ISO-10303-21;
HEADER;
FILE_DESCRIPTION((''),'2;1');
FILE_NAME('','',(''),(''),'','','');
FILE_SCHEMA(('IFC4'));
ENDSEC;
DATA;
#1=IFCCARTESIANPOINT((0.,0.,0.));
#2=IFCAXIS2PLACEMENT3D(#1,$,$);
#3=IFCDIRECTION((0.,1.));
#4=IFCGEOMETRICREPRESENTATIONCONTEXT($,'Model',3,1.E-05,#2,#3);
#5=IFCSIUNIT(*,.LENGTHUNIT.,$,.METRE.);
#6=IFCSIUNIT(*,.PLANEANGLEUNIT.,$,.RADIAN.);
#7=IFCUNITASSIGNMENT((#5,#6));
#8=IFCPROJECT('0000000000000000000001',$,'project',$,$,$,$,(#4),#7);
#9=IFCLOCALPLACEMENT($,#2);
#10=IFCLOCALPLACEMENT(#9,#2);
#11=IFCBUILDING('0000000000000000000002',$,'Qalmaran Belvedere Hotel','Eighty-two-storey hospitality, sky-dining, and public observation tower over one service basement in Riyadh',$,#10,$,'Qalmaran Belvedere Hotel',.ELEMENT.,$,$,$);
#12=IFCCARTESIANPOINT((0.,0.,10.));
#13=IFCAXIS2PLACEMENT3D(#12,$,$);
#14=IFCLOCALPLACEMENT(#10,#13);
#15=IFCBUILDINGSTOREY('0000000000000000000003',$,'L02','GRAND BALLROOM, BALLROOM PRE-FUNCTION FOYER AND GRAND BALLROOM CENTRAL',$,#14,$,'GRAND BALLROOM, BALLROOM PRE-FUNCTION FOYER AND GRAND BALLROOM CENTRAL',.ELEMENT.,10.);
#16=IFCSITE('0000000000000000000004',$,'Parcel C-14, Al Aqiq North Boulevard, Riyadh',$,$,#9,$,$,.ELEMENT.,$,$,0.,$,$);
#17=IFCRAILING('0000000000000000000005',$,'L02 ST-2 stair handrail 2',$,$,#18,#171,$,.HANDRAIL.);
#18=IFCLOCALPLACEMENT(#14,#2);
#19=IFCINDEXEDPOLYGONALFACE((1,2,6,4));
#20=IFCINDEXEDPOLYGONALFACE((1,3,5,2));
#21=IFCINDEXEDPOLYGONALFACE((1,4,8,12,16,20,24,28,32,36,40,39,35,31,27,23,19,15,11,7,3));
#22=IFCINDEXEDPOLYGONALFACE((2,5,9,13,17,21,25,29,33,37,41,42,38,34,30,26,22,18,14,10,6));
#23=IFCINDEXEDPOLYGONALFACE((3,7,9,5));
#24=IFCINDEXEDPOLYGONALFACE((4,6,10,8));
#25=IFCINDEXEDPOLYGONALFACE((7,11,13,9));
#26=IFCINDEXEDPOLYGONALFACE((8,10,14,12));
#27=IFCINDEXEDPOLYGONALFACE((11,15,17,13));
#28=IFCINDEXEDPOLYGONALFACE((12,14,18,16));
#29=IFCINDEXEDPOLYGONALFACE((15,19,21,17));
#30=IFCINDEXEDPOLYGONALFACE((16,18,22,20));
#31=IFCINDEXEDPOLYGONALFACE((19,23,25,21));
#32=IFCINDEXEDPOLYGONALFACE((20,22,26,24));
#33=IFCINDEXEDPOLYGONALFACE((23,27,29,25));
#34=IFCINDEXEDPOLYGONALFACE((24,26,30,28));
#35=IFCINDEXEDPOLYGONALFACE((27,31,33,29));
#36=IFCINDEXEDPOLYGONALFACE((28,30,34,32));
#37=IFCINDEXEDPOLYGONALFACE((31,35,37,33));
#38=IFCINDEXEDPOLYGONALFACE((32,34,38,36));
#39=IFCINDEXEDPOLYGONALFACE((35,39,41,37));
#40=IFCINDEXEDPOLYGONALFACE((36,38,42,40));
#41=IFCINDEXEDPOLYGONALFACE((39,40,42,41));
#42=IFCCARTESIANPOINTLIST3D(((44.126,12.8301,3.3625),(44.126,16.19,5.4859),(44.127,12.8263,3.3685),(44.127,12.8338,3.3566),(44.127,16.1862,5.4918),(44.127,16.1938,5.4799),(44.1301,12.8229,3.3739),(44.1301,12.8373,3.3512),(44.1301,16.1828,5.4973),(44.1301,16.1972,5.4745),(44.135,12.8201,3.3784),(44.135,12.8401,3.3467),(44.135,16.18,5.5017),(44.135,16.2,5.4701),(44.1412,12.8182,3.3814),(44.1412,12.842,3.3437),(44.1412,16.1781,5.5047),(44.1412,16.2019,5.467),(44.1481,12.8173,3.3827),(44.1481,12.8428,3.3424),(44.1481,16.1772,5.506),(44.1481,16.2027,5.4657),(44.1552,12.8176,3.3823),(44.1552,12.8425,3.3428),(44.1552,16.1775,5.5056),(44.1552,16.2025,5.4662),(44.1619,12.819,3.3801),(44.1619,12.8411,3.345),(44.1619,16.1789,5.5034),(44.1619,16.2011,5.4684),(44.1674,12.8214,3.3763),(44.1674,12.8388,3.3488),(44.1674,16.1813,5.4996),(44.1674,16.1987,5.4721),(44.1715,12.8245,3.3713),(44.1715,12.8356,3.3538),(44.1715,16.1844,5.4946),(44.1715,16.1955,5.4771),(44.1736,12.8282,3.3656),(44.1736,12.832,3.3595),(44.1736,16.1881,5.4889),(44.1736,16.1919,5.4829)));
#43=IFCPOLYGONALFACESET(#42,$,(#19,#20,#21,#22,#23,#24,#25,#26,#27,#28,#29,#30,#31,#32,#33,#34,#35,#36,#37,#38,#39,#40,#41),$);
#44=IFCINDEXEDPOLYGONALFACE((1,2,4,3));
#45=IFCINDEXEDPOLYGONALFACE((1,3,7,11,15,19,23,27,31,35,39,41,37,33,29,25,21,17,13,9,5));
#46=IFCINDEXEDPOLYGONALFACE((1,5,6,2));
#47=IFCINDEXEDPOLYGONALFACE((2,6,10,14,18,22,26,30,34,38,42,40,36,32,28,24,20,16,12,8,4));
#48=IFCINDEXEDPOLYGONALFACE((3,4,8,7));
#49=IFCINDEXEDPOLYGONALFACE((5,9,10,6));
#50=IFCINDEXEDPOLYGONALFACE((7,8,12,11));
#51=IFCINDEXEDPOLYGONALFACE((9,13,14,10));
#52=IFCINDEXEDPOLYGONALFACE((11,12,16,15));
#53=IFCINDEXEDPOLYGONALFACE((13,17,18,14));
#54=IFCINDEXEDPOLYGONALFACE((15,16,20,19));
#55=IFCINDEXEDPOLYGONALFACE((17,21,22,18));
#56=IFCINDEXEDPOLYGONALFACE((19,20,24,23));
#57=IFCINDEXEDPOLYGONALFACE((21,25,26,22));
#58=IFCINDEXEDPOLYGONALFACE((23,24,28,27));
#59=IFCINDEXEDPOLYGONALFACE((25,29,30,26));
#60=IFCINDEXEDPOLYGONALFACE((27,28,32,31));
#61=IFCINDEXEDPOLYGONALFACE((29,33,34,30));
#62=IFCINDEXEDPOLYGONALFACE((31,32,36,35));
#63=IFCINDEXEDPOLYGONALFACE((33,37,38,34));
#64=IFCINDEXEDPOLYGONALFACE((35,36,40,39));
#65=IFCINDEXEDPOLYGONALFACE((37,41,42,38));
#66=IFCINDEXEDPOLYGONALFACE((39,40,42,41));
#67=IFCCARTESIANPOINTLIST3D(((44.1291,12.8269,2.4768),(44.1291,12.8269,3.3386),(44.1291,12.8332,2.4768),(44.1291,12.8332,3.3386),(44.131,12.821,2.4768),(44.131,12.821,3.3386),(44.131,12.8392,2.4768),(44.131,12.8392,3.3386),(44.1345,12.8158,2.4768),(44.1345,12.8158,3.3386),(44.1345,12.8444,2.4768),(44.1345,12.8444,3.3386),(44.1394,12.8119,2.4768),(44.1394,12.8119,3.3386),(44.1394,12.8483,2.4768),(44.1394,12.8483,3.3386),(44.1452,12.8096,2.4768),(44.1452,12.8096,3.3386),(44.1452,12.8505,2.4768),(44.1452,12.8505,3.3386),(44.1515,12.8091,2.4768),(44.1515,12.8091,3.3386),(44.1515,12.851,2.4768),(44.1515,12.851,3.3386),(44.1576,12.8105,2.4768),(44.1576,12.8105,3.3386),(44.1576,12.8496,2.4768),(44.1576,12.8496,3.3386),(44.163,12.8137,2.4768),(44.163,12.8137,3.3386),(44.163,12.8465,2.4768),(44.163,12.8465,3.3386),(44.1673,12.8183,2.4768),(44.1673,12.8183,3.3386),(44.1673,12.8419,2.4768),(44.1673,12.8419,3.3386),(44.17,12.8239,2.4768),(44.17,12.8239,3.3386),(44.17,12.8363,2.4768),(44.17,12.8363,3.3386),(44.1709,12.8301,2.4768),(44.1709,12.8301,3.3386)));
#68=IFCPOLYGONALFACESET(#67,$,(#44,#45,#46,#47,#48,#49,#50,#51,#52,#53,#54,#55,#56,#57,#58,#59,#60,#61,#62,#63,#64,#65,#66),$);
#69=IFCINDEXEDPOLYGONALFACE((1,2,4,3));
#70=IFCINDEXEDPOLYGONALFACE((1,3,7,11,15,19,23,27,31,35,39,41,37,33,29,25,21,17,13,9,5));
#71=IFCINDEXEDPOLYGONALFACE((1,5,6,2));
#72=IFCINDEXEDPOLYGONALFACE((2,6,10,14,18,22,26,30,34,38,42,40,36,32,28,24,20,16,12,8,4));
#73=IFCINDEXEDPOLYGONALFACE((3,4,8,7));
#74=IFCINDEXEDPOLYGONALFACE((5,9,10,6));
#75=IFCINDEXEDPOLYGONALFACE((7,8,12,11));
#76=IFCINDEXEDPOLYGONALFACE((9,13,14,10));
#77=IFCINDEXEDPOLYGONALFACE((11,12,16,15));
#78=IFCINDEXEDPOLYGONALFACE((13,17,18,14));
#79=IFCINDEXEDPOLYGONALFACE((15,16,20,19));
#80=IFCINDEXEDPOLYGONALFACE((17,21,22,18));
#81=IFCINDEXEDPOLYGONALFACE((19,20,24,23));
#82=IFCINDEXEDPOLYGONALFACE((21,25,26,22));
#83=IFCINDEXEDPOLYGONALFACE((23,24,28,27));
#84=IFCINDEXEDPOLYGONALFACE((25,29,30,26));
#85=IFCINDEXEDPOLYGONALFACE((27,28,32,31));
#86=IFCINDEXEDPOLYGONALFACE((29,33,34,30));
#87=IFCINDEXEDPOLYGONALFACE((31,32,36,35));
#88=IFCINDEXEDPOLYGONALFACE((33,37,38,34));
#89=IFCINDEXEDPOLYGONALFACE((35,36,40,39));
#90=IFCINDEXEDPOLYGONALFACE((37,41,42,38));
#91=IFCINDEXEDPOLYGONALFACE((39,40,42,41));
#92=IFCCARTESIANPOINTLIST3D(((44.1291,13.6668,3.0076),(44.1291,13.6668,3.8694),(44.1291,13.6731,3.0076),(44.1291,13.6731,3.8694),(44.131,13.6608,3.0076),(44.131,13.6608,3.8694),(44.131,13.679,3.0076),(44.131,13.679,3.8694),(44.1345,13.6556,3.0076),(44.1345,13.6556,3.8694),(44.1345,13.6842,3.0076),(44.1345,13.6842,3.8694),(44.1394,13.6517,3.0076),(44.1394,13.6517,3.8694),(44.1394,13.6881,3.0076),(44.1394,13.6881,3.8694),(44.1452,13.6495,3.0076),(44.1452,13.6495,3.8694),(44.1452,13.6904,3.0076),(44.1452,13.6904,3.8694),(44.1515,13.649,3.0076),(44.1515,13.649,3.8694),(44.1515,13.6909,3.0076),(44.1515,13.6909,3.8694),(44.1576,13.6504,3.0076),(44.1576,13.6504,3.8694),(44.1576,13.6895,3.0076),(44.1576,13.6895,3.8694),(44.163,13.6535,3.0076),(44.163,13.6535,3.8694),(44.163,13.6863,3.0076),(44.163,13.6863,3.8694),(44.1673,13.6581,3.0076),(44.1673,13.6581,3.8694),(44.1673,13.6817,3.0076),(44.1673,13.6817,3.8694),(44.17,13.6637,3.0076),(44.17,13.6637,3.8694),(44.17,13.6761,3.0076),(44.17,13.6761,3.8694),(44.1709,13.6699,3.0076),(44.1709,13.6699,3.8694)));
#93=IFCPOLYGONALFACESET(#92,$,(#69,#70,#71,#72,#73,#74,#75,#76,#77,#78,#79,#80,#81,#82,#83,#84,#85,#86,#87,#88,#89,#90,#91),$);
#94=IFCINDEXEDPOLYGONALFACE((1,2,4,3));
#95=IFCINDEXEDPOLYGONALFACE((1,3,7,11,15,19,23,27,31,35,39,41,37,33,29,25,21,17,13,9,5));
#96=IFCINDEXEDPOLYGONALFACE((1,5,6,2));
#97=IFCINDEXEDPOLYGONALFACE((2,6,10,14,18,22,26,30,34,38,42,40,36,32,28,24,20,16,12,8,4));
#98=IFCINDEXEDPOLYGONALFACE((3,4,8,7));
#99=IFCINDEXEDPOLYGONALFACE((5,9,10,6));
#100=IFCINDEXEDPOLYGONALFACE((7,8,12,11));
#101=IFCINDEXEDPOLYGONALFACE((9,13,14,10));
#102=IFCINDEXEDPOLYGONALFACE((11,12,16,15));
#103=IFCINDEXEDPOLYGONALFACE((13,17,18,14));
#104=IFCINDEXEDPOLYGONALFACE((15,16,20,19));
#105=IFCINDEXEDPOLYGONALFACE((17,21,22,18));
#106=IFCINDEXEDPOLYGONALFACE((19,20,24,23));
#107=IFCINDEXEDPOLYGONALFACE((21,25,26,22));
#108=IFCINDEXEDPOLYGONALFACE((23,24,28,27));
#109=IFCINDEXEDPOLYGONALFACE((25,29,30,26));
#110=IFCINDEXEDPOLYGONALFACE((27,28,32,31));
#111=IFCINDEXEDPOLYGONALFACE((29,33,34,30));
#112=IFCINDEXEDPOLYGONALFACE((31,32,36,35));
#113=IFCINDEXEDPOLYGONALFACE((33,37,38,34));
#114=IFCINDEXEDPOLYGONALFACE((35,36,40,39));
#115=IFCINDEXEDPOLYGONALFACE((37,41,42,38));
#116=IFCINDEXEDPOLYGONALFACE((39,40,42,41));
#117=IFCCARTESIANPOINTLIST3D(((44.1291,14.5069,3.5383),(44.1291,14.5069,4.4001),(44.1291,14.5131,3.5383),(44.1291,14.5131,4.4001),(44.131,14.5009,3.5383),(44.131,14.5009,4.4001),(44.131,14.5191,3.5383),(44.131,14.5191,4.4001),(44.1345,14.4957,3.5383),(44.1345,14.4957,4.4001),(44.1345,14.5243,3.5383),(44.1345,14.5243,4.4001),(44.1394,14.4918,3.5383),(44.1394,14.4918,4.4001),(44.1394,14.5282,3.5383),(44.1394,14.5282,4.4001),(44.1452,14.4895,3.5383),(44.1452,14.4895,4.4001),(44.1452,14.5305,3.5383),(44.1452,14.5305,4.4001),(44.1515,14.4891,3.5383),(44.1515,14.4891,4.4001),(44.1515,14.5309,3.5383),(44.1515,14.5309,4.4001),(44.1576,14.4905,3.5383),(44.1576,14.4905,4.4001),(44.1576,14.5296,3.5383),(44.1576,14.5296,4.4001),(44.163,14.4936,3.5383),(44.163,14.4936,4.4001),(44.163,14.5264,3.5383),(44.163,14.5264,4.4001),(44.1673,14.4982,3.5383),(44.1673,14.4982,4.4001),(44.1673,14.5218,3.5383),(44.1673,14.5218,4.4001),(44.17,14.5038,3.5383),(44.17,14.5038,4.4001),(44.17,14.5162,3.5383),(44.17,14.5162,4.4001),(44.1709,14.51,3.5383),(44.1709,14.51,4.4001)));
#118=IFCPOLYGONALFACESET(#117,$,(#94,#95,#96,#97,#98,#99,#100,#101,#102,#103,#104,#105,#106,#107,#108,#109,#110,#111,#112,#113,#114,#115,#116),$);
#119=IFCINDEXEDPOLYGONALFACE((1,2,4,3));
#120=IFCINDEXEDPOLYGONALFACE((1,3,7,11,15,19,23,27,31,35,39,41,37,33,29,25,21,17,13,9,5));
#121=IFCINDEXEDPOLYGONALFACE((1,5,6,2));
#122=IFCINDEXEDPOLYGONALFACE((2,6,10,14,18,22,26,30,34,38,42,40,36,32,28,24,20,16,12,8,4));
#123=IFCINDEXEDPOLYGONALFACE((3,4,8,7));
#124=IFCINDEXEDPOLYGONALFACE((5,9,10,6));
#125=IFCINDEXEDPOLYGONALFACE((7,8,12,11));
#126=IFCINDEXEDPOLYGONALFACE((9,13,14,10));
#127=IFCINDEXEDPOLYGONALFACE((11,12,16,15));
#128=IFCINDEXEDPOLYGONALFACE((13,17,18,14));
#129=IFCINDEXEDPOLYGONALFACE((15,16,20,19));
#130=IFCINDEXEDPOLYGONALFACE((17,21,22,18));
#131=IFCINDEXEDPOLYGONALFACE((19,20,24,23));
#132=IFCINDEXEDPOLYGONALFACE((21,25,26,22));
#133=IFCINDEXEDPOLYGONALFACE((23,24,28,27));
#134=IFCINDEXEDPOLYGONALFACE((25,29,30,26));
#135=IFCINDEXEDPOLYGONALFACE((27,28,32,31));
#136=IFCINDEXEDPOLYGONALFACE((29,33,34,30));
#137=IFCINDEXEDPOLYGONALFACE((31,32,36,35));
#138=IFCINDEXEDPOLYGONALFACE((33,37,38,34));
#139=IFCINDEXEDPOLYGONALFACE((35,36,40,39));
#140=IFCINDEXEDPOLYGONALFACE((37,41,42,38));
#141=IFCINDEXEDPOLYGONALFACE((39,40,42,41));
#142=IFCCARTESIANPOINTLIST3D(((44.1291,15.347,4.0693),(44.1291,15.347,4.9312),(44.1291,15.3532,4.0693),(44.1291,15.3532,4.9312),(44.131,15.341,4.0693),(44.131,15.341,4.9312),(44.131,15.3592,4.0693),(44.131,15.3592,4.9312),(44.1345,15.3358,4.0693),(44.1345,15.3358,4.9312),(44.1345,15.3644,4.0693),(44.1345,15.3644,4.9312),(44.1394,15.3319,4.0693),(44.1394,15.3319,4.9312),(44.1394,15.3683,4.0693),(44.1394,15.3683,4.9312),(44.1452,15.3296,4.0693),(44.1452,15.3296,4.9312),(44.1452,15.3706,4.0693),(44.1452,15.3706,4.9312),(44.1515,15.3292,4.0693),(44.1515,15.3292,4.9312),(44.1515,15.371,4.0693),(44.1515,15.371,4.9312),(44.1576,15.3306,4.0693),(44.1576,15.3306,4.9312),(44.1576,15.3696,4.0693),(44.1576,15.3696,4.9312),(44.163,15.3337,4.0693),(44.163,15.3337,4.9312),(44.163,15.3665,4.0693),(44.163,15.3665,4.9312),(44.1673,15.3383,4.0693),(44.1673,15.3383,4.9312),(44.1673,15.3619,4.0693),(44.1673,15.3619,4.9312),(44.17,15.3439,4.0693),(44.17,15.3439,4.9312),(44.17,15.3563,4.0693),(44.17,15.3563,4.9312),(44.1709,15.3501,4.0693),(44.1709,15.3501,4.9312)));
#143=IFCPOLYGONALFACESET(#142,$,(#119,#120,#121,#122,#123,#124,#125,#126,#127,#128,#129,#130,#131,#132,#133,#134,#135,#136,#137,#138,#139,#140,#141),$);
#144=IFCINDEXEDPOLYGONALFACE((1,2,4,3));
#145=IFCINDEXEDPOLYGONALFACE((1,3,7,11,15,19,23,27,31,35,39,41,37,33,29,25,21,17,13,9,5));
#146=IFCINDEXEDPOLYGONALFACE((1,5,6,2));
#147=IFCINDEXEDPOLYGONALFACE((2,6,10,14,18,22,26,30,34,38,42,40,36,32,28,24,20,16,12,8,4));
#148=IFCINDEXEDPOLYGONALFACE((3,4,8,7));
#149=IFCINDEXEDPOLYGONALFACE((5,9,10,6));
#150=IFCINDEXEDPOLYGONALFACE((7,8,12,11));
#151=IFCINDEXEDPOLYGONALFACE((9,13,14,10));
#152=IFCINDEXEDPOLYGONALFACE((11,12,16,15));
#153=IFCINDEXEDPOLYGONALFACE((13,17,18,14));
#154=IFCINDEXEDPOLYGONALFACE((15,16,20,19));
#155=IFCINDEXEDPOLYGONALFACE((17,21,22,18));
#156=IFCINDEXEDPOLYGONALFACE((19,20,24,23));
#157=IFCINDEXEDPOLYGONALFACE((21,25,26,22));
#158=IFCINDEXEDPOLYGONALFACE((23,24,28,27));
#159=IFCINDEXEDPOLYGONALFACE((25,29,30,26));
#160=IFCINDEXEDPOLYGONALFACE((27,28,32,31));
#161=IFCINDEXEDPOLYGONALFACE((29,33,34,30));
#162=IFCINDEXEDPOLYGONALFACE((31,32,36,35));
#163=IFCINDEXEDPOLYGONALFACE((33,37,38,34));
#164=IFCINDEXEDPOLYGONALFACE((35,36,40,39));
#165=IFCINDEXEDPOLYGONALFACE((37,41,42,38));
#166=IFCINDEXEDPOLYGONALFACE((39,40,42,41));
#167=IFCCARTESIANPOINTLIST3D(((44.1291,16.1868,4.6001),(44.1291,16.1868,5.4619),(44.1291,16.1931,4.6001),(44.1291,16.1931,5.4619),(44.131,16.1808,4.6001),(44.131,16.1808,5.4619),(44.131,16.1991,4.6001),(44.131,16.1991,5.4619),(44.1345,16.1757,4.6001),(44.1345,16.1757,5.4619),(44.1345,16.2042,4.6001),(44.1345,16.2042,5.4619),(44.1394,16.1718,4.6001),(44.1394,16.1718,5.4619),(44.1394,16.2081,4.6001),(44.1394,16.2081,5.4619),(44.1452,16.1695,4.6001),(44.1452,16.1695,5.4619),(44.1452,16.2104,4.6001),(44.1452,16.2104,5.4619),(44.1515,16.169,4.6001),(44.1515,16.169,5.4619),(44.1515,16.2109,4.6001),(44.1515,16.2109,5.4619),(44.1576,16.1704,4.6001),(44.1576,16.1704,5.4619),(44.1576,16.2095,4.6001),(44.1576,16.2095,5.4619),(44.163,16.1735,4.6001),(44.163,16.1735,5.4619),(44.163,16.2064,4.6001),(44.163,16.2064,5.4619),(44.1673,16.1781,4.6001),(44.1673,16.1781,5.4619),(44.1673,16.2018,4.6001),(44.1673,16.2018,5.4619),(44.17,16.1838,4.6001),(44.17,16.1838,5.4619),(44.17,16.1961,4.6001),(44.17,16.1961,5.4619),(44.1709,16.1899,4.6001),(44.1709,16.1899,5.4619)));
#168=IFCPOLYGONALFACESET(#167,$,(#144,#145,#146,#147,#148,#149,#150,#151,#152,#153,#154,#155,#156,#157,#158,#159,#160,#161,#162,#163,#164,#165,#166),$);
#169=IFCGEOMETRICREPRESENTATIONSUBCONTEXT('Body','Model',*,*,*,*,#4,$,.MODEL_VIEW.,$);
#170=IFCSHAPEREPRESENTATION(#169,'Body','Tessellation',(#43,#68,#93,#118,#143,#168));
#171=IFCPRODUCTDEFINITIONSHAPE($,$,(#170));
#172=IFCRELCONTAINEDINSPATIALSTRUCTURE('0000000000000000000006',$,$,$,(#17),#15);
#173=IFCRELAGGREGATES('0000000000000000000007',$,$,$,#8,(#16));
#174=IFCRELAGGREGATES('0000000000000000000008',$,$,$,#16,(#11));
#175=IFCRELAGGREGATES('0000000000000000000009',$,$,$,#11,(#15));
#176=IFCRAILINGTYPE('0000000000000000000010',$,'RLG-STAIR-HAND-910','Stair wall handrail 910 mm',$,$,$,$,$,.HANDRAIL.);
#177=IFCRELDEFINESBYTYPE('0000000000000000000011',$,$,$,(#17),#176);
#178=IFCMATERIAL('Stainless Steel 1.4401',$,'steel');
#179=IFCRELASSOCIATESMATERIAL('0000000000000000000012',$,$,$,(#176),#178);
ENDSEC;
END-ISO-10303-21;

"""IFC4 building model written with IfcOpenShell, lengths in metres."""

from ifc_helpers import new_model, si_unit, direction, frame, origin, origin_2d, place, context, subcontext, project, spatial, circle, extrude, material, type_object, element, save


model = new_model("IFC4")

# Units and contexts
model_context = context("Model", 3, precision=1e-05, world=origin(), true_north=direction((0.0, 1.0)))
body_context = subcontext(model_context, "Body", "Model", "MODEL_VIEW")
ifc_project = project(units=[si_unit("LENGTHUNIT", "METRE"), si_unit("PLANEANGLEUNIT", "RADIAN")], contexts=[model_context])

# Site, building, storey
site_placement = place(None, origin())
site = spatial("IfcSite", under=ifc_project, at=site_placement, Name="Parcel C-14, Al Aqiq North Boulevard, Riyadh", CompositionType="ELEMENT", RefElevation=0.0)
building_placement = place(site_placement, origin())
building = spatial("IfcBuilding", under=site, at=building_placement, Name="Qalmaran Belvedere Hotel", Description="Eighty-two-storey hospitality, sky-dining, and public observation tower over one service basement in Riyadh", LongName="Qalmaran Belvedere Hotel", CompositionType="ELEMENT")
storey_placement = place(building_placement, frame((0.0, 0.0, 10.0)))
storey = spatial("IfcBuildingStorey", under=building, at=storey_placement, Name="L02", Description="GRAND BALLROOM, BALLROOM PRE-FUNCTION FOYER AND GRAND BALLROOM CENTRAL", LongName="GRAND BALLROOM, BALLROOM PRE-FUNCTION FOYER AND GRAND BALLROOM CENTRAL", CompositionType="ELEMENT", Elevation=10.0)

# Railing
ifc_material_1 = material(Name="Stainless Steel 1.4401", Category="steel")
railing_type_1 = type_object("IfcRailingType", Name="RLG-STAIR-HAND-910", Description="Stair wall handrail 910 mm", PredefinedType="HANDRAIL", material=ifc_material_1)
railing_1_placement = place(storey_placement, frame((44.1499, 12.8301, 2.4768)))
element("IfcRailing", 1, at=railing_1_placement, inside=storey, type_object=railing_type_1, Name="L02 ST-2 stair handrail 2", PredefinedType="HANDRAIL", context=body_context, shape_type="SweptSolid", body=[
    extrude(circle(Radius=0.0239, at=origin_2d()), frame((0.0, 0.0, 0.8857), z_axis=(0.0, 0.845344, 0.534222), x_axis=(-1.0, 0.0, 0.0)), (0.0, 0.0, 1.0), 3.9746),
    extrude(circle(Radius=0.021, at=origin_2d()), origin(), (0.0, 0.0, 1.0), 0.8618),
    extrude(circle(Radius=0.021, at=origin_2d()), frame((0.0, 0.8398, 0.5308)), (0.0, 0.0, 1.0), 0.8618),
    extrude(circle(Radius=0.021, at=origin_2d()), frame((0.0, 1.6799, 1.0615)), (0.0, 0.0, 1.0), 0.8618),
    extrude(circle(Radius=0.021, at=origin_2d()), frame((0.0, 2.52, 1.5925)), (0.0, 0.0, 1.0), 0.8618),
    extrude(circle(Radius=0.021, at=origin_2d()), frame((0.0, 3.3599, 2.1233)), (0.0, 0.0, 1.0), 0.8618),
])

save(model, "model.ifc")
